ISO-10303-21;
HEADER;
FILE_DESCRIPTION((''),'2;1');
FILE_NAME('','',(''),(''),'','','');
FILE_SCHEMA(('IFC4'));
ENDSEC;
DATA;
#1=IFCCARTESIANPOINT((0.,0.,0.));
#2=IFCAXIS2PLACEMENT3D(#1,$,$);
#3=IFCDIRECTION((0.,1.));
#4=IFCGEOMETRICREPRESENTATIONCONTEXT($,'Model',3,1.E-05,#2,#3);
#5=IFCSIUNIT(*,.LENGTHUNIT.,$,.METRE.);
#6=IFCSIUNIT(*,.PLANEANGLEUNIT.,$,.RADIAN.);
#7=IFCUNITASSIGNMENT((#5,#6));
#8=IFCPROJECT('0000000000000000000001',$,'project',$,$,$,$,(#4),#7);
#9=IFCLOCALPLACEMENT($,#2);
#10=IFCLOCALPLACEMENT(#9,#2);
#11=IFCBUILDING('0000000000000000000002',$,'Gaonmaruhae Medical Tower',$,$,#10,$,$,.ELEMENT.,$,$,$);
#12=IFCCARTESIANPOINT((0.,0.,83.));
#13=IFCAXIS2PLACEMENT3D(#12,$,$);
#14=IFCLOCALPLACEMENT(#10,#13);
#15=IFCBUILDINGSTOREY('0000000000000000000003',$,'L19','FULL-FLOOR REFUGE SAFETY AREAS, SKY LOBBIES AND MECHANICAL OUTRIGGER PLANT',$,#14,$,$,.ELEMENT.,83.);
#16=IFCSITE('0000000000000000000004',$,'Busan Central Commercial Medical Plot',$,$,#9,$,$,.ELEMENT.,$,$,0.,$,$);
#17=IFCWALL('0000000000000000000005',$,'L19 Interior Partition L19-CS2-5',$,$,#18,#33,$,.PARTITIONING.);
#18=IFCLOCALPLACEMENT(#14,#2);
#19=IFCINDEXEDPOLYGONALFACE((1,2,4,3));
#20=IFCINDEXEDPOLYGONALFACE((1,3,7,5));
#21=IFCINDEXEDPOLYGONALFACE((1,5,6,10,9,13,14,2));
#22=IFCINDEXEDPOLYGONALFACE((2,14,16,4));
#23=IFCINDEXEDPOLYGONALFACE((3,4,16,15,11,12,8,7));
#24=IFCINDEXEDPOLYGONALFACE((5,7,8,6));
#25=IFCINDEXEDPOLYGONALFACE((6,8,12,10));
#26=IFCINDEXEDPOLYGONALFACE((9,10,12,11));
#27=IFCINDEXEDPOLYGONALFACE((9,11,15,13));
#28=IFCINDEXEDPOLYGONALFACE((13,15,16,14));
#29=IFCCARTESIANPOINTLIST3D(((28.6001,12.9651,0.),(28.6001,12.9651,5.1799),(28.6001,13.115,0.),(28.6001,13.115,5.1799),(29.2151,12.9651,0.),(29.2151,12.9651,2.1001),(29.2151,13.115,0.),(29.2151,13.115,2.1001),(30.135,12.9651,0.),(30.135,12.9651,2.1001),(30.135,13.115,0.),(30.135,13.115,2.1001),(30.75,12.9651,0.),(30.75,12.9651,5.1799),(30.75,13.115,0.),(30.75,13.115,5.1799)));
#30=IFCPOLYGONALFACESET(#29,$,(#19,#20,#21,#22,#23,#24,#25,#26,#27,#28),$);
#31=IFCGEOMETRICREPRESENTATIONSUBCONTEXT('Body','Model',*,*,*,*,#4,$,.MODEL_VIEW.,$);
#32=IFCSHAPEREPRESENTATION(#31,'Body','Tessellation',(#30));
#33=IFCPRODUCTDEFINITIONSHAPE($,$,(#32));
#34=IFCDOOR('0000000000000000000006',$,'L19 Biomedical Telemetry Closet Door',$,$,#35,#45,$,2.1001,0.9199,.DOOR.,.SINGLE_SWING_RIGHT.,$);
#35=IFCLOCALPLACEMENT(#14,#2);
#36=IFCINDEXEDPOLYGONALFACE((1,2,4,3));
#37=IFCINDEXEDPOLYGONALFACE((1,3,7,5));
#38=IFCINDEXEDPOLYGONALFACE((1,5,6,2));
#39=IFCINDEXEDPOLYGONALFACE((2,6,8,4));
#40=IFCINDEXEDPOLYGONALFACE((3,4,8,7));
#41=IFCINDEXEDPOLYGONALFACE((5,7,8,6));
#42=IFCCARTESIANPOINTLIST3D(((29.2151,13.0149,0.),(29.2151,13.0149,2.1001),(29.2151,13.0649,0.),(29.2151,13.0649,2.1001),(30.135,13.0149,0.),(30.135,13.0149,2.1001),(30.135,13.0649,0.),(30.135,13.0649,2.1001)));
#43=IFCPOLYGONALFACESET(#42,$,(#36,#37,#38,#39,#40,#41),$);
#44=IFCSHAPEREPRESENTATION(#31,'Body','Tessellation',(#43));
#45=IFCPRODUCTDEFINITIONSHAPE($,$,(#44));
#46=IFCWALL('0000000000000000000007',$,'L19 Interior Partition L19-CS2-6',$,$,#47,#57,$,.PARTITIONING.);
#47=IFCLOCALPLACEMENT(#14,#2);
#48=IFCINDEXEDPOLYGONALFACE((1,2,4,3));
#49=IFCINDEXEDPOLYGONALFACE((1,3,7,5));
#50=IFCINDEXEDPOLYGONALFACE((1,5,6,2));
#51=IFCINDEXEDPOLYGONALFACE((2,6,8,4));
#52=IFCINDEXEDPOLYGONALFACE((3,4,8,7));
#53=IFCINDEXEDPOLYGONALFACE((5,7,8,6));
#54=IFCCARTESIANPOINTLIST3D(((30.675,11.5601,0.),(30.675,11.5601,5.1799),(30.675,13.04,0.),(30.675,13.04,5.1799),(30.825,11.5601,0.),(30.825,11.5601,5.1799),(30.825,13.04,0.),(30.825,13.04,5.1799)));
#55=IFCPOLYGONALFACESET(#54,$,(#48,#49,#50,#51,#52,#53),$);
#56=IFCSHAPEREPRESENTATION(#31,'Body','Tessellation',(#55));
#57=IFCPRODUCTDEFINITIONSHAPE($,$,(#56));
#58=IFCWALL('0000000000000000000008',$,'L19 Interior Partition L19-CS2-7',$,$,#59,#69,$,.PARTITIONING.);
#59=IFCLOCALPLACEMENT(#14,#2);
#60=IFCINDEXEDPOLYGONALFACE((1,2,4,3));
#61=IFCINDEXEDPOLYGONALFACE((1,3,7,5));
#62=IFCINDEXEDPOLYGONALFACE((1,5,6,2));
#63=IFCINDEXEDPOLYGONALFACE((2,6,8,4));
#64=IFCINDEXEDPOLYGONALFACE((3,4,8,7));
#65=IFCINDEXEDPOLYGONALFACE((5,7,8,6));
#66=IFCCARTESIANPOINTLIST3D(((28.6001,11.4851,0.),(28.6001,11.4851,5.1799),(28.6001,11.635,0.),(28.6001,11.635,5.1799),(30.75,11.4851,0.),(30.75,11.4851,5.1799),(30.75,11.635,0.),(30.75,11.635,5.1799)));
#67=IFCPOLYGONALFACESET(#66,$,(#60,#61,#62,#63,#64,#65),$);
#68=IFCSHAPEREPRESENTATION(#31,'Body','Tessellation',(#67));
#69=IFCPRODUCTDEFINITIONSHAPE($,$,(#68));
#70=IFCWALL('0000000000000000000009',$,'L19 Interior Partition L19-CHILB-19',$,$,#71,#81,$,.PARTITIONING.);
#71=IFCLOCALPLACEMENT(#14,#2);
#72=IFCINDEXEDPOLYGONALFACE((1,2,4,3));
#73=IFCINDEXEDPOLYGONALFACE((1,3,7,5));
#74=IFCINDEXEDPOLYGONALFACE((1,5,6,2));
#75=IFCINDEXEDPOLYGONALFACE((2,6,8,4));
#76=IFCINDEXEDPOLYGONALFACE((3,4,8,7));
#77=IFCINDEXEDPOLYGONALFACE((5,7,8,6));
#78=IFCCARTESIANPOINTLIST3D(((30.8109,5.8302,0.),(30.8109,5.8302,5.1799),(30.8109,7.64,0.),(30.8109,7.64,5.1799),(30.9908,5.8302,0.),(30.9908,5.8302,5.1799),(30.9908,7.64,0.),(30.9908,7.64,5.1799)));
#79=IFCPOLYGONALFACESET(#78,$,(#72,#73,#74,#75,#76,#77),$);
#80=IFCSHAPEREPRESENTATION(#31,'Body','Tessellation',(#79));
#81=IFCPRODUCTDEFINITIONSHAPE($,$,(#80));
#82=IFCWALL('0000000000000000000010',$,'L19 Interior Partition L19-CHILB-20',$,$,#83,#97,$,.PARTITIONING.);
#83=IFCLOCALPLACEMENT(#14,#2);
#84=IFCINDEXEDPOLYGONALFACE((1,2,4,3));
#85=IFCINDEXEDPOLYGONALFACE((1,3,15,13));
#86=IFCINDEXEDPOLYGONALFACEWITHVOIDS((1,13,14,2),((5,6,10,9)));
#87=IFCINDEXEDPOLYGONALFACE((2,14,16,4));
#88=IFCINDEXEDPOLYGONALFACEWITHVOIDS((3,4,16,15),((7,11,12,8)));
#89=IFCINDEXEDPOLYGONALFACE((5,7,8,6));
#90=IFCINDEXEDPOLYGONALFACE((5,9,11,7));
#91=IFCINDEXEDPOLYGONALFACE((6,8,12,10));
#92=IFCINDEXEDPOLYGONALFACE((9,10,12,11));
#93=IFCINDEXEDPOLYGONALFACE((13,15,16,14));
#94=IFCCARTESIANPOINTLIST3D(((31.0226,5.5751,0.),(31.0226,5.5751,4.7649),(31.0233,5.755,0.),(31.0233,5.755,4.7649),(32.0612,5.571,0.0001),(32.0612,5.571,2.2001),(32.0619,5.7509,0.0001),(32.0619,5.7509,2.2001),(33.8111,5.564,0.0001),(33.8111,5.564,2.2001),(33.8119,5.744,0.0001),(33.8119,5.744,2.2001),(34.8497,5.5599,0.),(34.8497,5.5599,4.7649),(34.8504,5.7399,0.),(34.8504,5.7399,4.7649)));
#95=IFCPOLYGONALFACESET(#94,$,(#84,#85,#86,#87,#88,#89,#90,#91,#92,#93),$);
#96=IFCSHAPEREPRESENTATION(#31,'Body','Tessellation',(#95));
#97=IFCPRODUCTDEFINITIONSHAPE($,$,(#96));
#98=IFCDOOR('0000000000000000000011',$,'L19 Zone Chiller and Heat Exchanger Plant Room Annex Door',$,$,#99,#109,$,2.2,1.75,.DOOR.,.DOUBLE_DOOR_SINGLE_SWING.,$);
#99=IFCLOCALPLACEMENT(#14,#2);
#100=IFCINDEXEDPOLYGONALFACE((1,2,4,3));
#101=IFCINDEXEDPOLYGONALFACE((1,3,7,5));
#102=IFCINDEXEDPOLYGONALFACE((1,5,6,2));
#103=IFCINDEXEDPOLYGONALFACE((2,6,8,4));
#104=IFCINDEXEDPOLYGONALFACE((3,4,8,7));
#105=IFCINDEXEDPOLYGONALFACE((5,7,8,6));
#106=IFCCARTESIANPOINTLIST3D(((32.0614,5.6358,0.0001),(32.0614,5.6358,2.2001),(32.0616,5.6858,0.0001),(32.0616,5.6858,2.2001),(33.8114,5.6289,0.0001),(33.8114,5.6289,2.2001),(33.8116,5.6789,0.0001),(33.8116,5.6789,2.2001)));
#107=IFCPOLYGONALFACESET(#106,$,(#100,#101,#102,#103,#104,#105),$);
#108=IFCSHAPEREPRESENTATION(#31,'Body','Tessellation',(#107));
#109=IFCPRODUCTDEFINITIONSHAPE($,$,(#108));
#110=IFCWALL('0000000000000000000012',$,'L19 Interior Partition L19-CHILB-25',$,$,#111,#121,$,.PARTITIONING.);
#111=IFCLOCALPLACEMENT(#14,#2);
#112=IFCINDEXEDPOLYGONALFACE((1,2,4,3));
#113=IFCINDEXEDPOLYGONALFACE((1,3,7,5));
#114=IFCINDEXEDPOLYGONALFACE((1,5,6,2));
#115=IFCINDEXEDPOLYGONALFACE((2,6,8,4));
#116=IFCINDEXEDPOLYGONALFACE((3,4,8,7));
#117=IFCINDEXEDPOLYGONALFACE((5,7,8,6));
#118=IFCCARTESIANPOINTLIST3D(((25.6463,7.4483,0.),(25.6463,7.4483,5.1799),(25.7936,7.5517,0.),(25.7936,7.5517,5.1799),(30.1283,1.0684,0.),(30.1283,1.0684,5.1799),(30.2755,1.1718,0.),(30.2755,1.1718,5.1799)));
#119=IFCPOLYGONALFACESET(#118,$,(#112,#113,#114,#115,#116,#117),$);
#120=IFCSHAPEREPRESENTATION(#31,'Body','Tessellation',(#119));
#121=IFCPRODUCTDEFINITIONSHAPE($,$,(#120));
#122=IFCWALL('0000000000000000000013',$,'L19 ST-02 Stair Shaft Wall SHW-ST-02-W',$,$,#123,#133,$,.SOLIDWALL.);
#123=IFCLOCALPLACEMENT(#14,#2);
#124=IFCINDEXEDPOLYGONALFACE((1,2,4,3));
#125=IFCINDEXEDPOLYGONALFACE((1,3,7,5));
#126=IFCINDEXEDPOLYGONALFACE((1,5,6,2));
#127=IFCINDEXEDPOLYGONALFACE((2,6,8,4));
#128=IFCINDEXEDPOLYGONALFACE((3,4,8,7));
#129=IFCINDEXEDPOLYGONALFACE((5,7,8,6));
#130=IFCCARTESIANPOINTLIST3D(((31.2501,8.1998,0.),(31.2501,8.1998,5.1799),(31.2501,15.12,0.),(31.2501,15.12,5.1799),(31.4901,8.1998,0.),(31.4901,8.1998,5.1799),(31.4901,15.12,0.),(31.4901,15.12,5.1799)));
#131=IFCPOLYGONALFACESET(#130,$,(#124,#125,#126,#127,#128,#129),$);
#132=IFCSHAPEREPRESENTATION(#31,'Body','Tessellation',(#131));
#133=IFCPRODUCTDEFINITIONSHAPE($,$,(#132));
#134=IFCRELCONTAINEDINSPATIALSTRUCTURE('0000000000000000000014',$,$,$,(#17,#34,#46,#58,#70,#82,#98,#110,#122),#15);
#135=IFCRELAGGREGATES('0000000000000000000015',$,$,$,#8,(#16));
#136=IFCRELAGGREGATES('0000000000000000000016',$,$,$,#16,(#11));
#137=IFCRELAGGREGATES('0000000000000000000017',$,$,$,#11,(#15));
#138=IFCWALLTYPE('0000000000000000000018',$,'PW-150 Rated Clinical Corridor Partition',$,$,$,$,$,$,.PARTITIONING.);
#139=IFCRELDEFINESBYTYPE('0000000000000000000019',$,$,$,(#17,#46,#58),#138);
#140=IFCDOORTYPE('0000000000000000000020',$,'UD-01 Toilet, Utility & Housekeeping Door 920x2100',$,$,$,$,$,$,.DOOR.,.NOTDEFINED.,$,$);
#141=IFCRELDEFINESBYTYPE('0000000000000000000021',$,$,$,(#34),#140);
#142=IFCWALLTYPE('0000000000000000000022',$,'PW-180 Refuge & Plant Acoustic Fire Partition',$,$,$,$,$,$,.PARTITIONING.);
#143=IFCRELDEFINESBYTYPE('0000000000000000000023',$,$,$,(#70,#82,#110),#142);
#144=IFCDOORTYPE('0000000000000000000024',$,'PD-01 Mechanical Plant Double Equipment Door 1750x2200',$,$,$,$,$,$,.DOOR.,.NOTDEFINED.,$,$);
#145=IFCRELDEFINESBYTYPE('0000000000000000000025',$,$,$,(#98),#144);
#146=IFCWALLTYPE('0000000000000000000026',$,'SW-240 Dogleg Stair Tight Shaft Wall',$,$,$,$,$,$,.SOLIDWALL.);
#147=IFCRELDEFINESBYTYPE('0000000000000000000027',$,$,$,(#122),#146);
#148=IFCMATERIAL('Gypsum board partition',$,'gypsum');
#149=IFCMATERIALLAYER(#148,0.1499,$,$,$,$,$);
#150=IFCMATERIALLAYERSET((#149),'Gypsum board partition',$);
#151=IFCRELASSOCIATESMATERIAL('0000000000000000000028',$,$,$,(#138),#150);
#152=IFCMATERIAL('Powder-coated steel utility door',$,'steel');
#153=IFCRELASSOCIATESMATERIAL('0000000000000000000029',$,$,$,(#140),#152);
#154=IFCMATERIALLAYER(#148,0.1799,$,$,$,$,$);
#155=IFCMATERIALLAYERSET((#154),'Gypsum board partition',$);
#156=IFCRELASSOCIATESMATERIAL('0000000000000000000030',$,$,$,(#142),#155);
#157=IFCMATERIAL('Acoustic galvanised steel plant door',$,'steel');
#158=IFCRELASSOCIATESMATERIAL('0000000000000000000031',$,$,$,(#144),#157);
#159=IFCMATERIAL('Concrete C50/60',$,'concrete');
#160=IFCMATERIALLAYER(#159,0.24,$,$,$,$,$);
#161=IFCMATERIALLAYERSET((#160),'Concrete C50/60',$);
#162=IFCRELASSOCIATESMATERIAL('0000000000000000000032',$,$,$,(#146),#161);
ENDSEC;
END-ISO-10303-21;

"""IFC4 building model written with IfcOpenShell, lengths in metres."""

from ifc_helpers import new_model, si_unit, direction, frame, frame_2d, origin, place, context, subcontext, project, spatial, rectangle, extrude, material, layer, layer_set, type_object, element, fill, save


model = new_model("IFC4")

# Units and contexts
model_context = context("Model", 3, precision=1e-05, world=origin(), true_north=direction((0.0, 1.0)))
body_context = subcontext(model_context, "Body", "Model", "MODEL_VIEW")
ifc_project = project(units=[si_unit("LENGTHUNIT", "METRE"), si_unit("PLANEANGLEUNIT", "RADIAN")], contexts=[model_context])

# Site, building, storey
site_placement = place(None, origin())
site = spatial("IfcSite", under=ifc_project, at=site_placement, Name="Busan Central Commercial Medical Plot", CompositionType="ELEMENT", RefElevation=0.0)
building_placement = place(site_placement, origin())
building = spatial("IfcBuilding", under=site, at=building_placement, Name="Gaonmaruhae Medical Tower", CompositionType="ELEMENT")
storey_placement = place(building_placement, frame((0.0, 0.0, 83.0)))
storey = spatial("IfcBuildingStorey", under=building, at=storey_placement, Name="L19", Description="FULL-FLOOR REFUGE SAFETY AREAS, SKY LOBBIES AND MECHANICAL OUTRIGGER PLANT", CompositionType="ELEMENT", Elevation=83.0)

# Shared definitions
ifc_material_1 = material(Name="Gypsum board partition", Category="gypsum")
ifc_layer_1 = layer(ifc_material_1, 0.1499)
ifc_layer_set_1 = layer_set([ifc_layer_1], Name="Gypsum board partition")
wall_type_1 = type_object("IfcWallType", Name="PW-150 Rated Clinical Corridor Partition", PredefinedType="PARTITIONING", material=ifc_layer_set_1)

# Shared definitions
ifc_material_2 = material(Name="Powder-coated steel utility door", Category="steel")
door_type_1 = type_object("IfcDoorType", Name="UD-01 Toilet, Utility & Housekeeping Door 920x2100", OperationType="NOTDEFINED", PredefinedType="DOOR", material=ifc_material_2)

# Wall, opening, door
wall_1_placement = place(storey_placement, frame((28.6001, 13.04, 0.0), z_axis=(0.0, 0.0, 1.0), x_axis=(1.0, 0.0, 0.0)))
wall_1 = element("IfcWall", 1, at=wall_1_placement, inside=storey, type_object=wall_type_1, Name="L19 Interior Partition L19-CS2-5", PredefinedType="PARTITIONING", context=body_context, shape_type="SweptSolid", body=[
    extrude(rectangle(XDim=2.1499, YDim=0.1499, at=frame_2d((1.075, 0.0))), origin(), (0.0, 0.0, 1.0), 5.1799),
])
opening_1_placement = place(wall_1_placement, frame((0.615, 0.0, 0.0)))
opening_1 = element("IfcOpeningElement", 2, at=opening_1_placement, cuts=wall_1, PredefinedType="OPENING", context=body_context, shape_type="SweptSolid", body=[
    extrude(rectangle(XDim=0.9199, YDim=2.1001, at=frame_2d((0.46, 1.05))), frame((0.0, 0.085, 0.0), z_axis=(0.0, -1.0, 0.0), x_axis=(1.0, 0.0, 0.0)), (0.0, 0.0, 1.0), 0.1699),
])
door_1_placement = place(opening_1_placement, origin())
door_1 = element("IfcDoor", 3, at=door_1_placement, inside=storey, type_object=door_type_1, Name="L19 Biomedical Telemetry Closet Door", OperationType="SINGLE_SWING_RIGHT", OverallHeight=2.1001, OverallWidth=0.9199, PredefinedType="DOOR", context=body_context, shape_type="SweptSolid", body=[
    extrude(rectangle(XDim=0.9199, YDim=2.1001, at=frame_2d((0.46, 1.05))), frame((0.0, 0.0249, 0.0), z_axis=(0.0, -1.0, 0.0), x_axis=(1.0, 0.0, 0.0)), (0.0, 0.0, 1.0), 0.05),
])
fill(opening_1, door_1)

# Walls
wall_2_placement = place(storey_placement, frame((30.75, 13.04, 0.0), z_axis=(0.0, 0.0, 1.0), x_axis=(0.0, -1.0, 0.0)))
element("IfcWall", 4, at=wall_2_placement, inside=storey, type_object=wall_type_1, Name="L19 Interior Partition L19-CS2-6", PredefinedType="PARTITIONING", context=body_context, shape_type="SweptSolid", body=[
    extrude(rectangle(XDim=1.48, YDim=0.1499, at=frame_2d((0.74, 0.0))), origin(), (0.0, 0.0, 1.0), 5.1799),
])
wall_3_placement = place(storey_placement, frame((30.75, 11.5601, 0.0), z_axis=(0.0, 0.0, 1.0), x_axis=(-1.0, 0.0, 0.0)))
element("IfcWall", 5, at=wall_3_placement, inside=storey, type_object=wall_type_1, Name="L19 Interior Partition L19-CS2-7", PredefinedType="PARTITIONING", context=body_context, shape_type="SweptSolid", body=[
    extrude(rectangle(XDim=2.1499, YDim=0.1499, at=frame_2d((1.075, 0.0))), origin(), (0.0, 0.0, 1.0), 5.1799),
])
ifc_layer_2 = layer(ifc_material_1, 0.1799)
ifc_layer_set_2 = layer_set([ifc_layer_2], Name="Gypsum board partition")
wall_type_2 = type_object("IfcWallType", Name="PW-180 Refuge & Plant Acoustic Fire Partition", PredefinedType="PARTITIONING", material=ifc_layer_set_2)
wall_4_placement = place(storey_placement, frame((30.9009, 7.6399, 0.0), z_axis=(0.0, 0.0, 1.0), x_axis=(0.0, -1.0, 0.0)))
element("IfcWall", 6, at=wall_4_placement, inside=storey, type_object=wall_type_2, Name="L19 Interior Partition L19-CHILB-19", PredefinedType="PARTITIONING", context=body_context, shape_type="SweptSolid", body=[
    extrude(rectangle(XDim=1.8098, YDim=0.1799, at=frame_2d((0.9048, 0.0))), origin(), (0.0, 0.0, 1.0), 5.1799),
])

# Wall, opening, door
wall_5_placement = place(storey_placement, frame((31.0229, 5.665, 0.0), z_axis=(0.0, 0.0, 1.0), x_axis=(0.999992, -0.003955, 0.0)))
wall_5 = element("IfcWall", 7, at=wall_5_placement, inside=storey, type_object=wall_type_2, Name="L19 Interior Partition L19-CHILB-20", PredefinedType="PARTITIONING", context=body_context, shape_type="SweptSolid", body=[
    extrude(rectangle(XDim=3.8271, YDim=0.1799, at=frame_2d((1.9136, 0.0))), origin(), (0.0, 0.0, 1.0), 4.7649),
])
opening_2_placement = place(wall_5_placement, frame((1.0386, 0.0, 0.0)))
opening_2 = element("IfcOpeningElement", 8, at=opening_2_placement, cuts=wall_5, PredefinedType="OPENING", context=body_context, shape_type="SweptSolid", body=[
    extrude(rectangle(XDim=1.75, YDim=2.2, at=frame_2d((0.875, 1.1001))), frame((0.0, 0.1001, 0.0), z_axis=(0.0, -1.0, 0.0), x_axis=(1.0, 0.0, 0.0)), (0.0, 0.0, 1.0), 0.2),
])
ifc_material_3 = material(Name="Acoustic galvanised steel plant door", Category="steel")
door_type_2 = type_object("IfcDoorType", Name="PD-01 Mechanical Plant Double Equipment Door 1750x2200", OperationType="NOTDEFINED", PredefinedType="DOOR", material=ifc_material_3)
door_2_placement = place(opening_2_placement, origin())
door_2 = element("IfcDoor", 9, at=door_2_placement, inside=storey, type_object=door_type_2, Name="L19 Zone Chiller and Heat Exchanger Plant Room Annex Door", OperationType="DOUBLE_DOOR_SINGLE_SWING", OverallHeight=2.2, OverallWidth=1.75, PredefinedType="DOOR", context=body_context, shape_type="SweptSolid", body=[
    extrude(rectangle(XDim=1.75, YDim=2.2, at=frame_2d((0.875, 1.1001))), frame((0.0, 0.0249, 0.0), z_axis=(0.0, -1.0, 0.0), x_axis=(1.0, 0.0, 0.0)), (0.0, 0.0, 1.0), 0.05),
])
fill(opening_2, door_2)

# Walls
wall_6_placement = place(storey_placement, frame((30.2019, 1.1201, 0.0), z_axis=(0.0, 0.0, 1.0), x_axis=(-0.57484, 0.818266, 0.0)))
element("IfcWall", 10, at=wall_6_placement, inside=storey, type_object=wall_type_2, Name="L19 Interior Partition L19-CHILB-25", PredefinedType="PARTITIONING", context=body_context, shape_type="SweptSolid", body=[
    extrude(rectangle(XDim=7.7969, YDim=0.1799, at=frame_2d((3.8984, 0.0))), origin(), (0.0, 0.0, 1.0), 5.1799),
])
ifc_material_4 = material(Name="Concrete C50/60", Category="concrete")
ifc_layer_3 = layer(ifc_material_4, 0.24)
ifc_layer_set_3 = layer_set([ifc_layer_3], Name="Concrete C50/60")
wall_type_3 = type_object("IfcWallType", Name="SW-240 Dogleg Stair Tight Shaft Wall", PredefinedType="SOLIDWALL", material=ifc_layer_set_3)
wall_7_placement = place(storey_placement, frame((31.3701, 8.2, 0.0), z_axis=(0.0, 0.0, 1.0), x_axis=(0.0, 1.0, 0.0)))
element("IfcWall", 11, at=wall_7_placement, inside=storey, type_object=wall_type_3, Name="L19 ST-02 Stair Shaft Wall SHW-ST-02-W", PredefinedType="SOLIDWALL", context=body_context, shape_type="SweptSolid", body=[
    extrude(rectangle(XDim=6.9202, YDim=0.24, at=frame_2d((3.46, 0.0))), origin(), (0.0, 0.0, 1.0), 5.1799),
])

save(model, "model.ifc")
